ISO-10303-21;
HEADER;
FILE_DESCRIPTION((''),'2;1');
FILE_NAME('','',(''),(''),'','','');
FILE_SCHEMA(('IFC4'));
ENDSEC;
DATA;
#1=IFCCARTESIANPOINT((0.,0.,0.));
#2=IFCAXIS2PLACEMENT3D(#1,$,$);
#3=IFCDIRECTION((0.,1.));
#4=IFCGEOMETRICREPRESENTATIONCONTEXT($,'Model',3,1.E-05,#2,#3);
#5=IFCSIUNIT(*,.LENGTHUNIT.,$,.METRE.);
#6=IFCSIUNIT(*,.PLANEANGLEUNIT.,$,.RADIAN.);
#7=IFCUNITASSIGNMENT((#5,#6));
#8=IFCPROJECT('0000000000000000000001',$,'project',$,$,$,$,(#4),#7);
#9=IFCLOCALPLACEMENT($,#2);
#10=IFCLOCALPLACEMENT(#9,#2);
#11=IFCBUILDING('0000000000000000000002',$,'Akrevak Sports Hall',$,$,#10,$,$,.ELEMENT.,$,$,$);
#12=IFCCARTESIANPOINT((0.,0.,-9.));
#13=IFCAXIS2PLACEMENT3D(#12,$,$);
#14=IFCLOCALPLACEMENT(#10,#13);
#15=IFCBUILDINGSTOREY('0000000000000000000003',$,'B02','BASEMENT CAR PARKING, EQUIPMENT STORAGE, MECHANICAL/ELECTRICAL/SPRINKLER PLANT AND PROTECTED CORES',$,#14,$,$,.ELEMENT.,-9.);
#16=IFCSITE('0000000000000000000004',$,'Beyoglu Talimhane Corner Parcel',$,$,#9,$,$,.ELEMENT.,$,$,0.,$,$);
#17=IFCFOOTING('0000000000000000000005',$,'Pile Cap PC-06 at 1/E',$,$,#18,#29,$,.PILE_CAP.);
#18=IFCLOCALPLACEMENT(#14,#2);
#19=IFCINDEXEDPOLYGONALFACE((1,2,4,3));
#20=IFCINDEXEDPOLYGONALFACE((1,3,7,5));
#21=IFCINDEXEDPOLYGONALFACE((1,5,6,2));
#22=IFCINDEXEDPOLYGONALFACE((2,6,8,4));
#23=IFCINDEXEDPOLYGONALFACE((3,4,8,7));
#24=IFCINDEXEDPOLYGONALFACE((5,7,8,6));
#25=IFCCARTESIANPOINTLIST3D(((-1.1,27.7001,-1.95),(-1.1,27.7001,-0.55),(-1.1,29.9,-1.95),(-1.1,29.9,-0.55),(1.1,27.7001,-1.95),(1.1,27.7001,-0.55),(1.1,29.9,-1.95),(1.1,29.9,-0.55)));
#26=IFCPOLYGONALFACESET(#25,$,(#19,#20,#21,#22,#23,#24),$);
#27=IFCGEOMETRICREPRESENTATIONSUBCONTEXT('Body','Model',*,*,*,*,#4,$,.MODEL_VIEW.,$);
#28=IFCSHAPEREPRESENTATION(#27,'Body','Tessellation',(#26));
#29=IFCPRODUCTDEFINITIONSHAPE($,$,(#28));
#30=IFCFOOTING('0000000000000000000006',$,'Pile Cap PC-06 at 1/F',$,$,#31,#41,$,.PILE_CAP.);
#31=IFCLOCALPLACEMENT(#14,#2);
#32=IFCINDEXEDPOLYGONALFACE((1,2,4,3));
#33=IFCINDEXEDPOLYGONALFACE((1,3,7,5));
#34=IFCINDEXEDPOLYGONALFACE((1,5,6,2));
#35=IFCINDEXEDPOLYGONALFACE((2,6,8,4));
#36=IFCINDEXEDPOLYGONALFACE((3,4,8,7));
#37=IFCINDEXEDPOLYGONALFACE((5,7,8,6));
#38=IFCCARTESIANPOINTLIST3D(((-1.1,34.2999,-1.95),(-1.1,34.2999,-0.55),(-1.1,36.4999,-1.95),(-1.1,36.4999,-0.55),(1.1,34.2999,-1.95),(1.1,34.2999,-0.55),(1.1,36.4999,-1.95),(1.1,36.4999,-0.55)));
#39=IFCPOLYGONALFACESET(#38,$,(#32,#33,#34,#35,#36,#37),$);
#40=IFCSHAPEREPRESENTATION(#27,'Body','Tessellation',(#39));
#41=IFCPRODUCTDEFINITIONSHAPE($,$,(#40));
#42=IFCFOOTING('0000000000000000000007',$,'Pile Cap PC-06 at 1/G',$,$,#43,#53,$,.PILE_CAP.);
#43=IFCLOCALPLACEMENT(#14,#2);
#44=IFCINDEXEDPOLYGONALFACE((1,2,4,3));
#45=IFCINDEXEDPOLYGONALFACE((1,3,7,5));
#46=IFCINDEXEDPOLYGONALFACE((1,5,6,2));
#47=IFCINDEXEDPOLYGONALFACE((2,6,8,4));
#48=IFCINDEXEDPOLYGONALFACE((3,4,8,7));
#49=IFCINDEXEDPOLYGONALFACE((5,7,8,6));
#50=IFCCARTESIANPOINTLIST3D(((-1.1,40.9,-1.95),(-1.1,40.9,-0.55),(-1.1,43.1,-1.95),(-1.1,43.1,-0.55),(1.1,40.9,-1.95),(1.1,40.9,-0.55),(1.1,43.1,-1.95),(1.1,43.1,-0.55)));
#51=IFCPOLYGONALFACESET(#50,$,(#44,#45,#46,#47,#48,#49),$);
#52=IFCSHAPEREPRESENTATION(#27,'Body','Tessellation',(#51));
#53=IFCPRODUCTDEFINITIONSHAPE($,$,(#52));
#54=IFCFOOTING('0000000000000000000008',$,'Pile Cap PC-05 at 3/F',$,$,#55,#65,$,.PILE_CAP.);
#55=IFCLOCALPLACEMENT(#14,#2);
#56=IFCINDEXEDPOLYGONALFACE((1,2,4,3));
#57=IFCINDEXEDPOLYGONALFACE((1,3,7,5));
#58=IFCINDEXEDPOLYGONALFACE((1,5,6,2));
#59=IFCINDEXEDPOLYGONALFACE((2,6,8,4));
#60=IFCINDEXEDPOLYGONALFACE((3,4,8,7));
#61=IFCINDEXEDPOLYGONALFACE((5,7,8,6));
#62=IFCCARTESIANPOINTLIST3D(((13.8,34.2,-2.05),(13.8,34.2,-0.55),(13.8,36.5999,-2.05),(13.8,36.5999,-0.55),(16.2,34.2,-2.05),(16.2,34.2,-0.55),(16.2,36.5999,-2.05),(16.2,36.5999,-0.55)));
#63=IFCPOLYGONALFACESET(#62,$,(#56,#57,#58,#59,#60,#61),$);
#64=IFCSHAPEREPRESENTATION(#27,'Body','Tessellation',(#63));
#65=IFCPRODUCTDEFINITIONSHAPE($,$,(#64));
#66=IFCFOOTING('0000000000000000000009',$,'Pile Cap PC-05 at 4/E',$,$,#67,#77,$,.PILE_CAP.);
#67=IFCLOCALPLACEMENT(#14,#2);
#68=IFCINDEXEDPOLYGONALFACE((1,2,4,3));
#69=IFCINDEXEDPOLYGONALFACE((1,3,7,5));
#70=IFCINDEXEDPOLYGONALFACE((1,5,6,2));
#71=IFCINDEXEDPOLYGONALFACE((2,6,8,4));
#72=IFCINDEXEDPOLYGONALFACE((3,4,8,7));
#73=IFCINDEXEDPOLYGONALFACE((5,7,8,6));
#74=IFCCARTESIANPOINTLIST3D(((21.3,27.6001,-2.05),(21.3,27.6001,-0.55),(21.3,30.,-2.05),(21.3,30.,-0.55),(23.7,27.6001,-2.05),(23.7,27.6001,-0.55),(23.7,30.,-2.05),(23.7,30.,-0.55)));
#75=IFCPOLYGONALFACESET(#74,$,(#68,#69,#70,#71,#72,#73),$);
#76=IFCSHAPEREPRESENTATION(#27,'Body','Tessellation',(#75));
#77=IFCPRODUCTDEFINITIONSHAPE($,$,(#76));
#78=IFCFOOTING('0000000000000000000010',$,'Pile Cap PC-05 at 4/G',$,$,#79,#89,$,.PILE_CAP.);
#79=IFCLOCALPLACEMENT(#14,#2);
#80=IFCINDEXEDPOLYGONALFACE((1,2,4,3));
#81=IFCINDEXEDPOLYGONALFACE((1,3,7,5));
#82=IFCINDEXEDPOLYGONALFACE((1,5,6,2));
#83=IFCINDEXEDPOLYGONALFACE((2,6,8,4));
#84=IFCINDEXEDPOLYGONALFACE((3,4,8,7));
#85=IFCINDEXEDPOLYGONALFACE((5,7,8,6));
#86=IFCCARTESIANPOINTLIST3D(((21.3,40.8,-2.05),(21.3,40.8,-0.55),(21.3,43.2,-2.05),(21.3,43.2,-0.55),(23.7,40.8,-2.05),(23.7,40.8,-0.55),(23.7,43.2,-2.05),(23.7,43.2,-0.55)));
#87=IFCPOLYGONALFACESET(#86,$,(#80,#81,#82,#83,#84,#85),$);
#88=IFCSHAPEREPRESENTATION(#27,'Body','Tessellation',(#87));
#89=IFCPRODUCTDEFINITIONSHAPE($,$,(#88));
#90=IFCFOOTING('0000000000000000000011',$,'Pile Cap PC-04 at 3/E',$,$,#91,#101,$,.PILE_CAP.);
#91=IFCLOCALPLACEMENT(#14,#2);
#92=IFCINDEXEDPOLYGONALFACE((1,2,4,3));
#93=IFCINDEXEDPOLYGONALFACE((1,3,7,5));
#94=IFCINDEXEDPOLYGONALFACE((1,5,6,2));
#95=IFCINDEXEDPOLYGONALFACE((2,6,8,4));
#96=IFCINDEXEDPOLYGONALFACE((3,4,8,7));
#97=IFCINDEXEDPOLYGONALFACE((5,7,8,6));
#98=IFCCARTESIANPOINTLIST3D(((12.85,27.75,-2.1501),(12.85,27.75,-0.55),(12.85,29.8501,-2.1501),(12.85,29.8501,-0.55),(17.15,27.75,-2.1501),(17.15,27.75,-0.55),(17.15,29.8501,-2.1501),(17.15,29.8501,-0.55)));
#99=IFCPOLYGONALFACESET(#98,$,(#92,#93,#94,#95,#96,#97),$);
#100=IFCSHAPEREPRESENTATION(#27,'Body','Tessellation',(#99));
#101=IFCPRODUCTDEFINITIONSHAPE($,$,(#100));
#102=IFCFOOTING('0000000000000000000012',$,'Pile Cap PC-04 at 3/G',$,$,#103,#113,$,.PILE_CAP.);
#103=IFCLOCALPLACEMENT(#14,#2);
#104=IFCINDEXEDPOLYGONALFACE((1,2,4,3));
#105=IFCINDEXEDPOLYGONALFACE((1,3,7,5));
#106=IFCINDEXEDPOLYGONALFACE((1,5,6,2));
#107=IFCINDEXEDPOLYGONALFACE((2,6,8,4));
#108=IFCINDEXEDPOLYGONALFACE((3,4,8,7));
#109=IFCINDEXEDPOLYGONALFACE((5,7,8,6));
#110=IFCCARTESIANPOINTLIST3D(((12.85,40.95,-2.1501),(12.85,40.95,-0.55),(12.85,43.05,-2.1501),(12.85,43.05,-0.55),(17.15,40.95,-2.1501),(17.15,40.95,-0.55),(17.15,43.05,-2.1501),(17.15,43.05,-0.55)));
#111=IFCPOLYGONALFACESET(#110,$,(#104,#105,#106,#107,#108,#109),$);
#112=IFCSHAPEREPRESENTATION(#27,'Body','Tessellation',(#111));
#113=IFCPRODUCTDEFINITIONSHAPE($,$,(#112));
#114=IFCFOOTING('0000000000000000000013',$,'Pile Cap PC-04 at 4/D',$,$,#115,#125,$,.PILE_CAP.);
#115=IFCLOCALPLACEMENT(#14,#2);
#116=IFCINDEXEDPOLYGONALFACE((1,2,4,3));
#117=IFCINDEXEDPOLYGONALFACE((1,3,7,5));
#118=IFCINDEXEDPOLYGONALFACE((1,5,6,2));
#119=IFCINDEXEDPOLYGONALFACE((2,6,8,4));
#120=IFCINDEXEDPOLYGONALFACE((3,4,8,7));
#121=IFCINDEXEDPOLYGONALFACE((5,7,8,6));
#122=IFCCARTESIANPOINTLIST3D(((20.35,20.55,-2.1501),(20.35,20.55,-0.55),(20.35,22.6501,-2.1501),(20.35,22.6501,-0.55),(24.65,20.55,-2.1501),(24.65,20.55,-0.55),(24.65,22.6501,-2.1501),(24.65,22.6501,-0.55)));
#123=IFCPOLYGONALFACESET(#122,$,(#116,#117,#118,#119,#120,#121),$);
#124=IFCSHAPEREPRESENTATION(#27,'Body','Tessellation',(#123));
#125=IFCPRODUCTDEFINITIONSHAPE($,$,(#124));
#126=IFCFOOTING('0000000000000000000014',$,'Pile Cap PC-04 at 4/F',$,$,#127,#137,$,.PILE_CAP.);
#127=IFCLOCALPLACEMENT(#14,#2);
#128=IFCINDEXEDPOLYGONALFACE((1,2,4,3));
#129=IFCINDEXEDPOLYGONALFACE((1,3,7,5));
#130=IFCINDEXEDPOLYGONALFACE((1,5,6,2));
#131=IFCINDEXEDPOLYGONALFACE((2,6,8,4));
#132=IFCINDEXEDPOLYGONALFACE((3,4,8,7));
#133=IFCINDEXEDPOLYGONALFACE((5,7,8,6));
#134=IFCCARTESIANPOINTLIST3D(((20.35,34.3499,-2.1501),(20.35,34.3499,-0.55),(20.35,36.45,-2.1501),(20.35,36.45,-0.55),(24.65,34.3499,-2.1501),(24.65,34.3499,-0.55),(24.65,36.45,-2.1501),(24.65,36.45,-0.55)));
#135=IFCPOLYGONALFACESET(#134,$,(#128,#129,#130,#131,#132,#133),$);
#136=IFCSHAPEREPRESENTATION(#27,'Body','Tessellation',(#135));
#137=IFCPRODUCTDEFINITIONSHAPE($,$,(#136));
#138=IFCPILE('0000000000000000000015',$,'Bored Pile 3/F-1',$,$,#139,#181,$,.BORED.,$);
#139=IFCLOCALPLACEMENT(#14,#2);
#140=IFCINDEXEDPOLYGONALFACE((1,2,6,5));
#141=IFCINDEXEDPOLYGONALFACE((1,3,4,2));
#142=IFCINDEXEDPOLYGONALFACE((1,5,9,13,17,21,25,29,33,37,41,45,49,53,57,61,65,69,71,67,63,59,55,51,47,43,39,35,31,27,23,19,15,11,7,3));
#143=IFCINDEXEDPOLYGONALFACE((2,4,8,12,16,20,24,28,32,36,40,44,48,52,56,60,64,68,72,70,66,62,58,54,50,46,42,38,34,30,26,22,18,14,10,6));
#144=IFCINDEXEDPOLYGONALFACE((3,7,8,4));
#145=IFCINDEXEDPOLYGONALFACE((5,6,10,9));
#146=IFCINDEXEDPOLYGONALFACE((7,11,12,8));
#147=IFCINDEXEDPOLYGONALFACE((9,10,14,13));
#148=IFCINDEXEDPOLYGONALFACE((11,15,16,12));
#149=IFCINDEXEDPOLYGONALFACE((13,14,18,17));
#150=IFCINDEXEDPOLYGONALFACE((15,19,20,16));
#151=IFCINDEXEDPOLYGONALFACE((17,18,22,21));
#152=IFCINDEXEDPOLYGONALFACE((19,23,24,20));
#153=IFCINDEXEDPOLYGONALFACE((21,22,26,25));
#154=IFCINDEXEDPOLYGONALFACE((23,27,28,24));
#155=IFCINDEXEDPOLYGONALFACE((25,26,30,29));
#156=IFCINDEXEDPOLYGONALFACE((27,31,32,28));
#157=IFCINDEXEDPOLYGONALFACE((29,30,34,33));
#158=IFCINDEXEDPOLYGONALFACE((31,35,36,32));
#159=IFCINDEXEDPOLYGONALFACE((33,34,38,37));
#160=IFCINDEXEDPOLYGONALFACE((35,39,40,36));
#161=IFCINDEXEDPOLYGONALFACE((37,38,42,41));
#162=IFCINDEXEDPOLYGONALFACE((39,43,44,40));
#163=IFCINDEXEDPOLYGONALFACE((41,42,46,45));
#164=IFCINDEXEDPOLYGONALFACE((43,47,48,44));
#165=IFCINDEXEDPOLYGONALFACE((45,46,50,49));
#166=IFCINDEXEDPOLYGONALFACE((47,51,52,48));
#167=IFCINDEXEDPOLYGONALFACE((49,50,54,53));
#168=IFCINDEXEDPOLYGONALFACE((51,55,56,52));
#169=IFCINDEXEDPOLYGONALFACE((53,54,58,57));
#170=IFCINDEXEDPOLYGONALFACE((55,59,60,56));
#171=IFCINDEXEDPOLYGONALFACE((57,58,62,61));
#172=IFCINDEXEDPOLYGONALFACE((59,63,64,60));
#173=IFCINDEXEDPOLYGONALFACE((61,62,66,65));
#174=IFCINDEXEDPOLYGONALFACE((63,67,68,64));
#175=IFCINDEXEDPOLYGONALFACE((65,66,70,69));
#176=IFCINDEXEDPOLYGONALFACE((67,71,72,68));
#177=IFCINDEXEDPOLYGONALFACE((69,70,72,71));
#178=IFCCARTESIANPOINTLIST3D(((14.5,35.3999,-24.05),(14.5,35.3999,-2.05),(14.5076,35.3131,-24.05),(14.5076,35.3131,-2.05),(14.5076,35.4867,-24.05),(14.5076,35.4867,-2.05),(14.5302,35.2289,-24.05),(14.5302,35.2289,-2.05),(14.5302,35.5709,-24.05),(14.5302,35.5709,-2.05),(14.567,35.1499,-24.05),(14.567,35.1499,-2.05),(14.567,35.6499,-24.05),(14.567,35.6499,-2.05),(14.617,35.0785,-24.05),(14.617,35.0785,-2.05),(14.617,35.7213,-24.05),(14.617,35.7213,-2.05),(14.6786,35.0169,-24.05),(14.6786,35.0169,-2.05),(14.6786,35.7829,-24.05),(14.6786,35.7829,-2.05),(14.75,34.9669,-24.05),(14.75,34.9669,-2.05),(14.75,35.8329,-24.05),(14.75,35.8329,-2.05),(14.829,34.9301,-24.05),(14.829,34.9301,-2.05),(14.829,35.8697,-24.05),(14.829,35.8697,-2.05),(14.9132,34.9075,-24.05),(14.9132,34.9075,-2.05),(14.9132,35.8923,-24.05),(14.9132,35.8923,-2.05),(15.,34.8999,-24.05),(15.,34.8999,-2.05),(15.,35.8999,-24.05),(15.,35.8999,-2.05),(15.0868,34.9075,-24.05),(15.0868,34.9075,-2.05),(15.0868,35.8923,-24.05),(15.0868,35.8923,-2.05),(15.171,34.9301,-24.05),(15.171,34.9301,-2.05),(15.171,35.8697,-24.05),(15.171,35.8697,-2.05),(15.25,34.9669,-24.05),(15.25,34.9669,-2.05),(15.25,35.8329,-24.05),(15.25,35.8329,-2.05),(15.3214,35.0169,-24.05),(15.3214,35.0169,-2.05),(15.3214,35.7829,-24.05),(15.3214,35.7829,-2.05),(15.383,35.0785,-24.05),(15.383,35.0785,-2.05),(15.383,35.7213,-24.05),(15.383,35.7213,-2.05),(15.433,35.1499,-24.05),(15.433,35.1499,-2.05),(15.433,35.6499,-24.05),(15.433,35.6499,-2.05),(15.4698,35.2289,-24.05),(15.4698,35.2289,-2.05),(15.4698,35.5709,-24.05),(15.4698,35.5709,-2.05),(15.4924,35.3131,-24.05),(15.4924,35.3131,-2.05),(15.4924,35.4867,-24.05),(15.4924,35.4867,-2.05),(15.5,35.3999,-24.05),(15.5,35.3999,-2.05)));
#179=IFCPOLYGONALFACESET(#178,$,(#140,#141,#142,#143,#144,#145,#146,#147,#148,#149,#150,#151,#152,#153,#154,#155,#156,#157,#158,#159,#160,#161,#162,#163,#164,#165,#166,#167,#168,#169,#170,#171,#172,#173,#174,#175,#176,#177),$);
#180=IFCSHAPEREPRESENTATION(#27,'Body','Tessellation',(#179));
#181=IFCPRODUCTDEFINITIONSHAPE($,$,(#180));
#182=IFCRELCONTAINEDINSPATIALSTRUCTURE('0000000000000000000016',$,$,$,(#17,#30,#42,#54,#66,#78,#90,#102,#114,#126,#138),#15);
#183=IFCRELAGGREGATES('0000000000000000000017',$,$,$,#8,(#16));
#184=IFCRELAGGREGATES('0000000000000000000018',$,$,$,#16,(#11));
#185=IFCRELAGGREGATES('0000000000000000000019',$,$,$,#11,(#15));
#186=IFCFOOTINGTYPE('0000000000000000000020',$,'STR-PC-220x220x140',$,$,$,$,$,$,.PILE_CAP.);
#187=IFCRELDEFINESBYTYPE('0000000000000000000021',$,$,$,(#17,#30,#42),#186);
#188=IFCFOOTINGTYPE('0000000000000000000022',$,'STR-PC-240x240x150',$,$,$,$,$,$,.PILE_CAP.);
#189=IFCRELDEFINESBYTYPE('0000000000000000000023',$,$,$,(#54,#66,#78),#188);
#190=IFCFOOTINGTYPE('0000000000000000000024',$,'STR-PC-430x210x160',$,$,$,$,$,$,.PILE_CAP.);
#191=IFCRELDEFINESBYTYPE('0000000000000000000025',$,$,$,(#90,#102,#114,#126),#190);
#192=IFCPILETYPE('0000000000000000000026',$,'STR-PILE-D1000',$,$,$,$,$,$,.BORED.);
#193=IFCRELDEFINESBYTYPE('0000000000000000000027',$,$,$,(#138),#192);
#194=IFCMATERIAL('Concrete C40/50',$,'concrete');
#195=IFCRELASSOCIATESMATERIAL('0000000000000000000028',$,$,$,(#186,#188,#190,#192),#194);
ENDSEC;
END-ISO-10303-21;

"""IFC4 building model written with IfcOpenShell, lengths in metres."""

from ifc_helpers import new_model, si_unit, direction, frame, origin, origin_2d, place, context, subcontext, project, spatial, rectangle, circle, extrude, material, material_profile, profile_set, type_object, element, save


model = new_model("IFC4")

# Units and contexts
model_context = context("Model", 3, precision=1e-05, world=origin(), true_north=direction((0.0, 1.0)))
body_context = subcontext(model_context, "Body", "Model", "MODEL_VIEW")
ifc_project = project(units=[si_unit("LENGTHUNIT", "METRE"), si_unit("PLANEANGLEUNIT", "RADIAN")], contexts=[model_context])

# Site, building, storey
site_placement = place(None, origin())
site = spatial("IfcSite", under=ifc_project, at=site_placement, Name="Beyoglu Talimhane Corner Parcel", CompositionType="ELEMENT", RefElevation=0.0)
building_placement = place(site_placement, origin())
building = spatial("IfcBuilding", under=site, at=building_placement, Name="Akrevak Sports Hall", CompositionType="ELEMENT")
storey_placement = place(building_placement, frame((0.0, 0.0, -9.0)))
storey = spatial("IfcBuildingStorey", under=building, at=storey_placement, Name="B02", Description="BASEMENT CAR PARKING, EQUIPMENT STORAGE, MECHANICAL/ELECTRICAL/SPRINKLER PLANT AND PROTECTED CORES", CompositionType="ELEMENT", Elevation=-9.0)

# Footings
ifc_material_1 = material(Name="Concrete C40/50", Category="concrete")
footing_type_1 = type_object("IfcFootingType", Name="STR-PC-220x220x140", PredefinedType="PILE_CAP", material=ifc_material_1)
for number, where, z_axis, x_axis, name in (
    (1, (0.0, 28.8, -1.95), (0.0, 0.0, 1.0), (1.0, 0.0, 0.0), "Pile Cap PC-06 at 1/E"),
    (2, (0.0, 35.3999, -1.95), (0.0, 0.0, 1.0), (1.0, 0.0, 0.0), "Pile Cap PC-06 at 1/F"),
    (3, (0.0, 42.0, -1.95), (0.0, 0.0, 1.0), (1.0, 0.0, 0.0), "Pile Cap PC-06 at 1/G"),
):
    element("IfcFooting", number, at=place(storey_placement, frame(where, z_axis=z_axis, x_axis=x_axis)), inside=storey, type_object=footing_type_1, Name=name, PredefinedType="PILE_CAP", context=body_context, shape_type="SweptSolid", body=[
        extrude(rectangle(XDim=2.2, YDim=2.2, at=origin_2d()), origin(), (0.0, 0.0, 1.0), 1.3999),
    ])
footing_type_2 = type_object("IfcFootingType", Name="STR-PC-240x240x150", PredefinedType="PILE_CAP", material=ifc_material_1)
for number, where, z_axis, x_axis, name in (
    (4, (15.0, 35.3999, -2.05), (0.0, 0.0, 1.0), (1.0, 0.0, 0.0), "Pile Cap PC-05 at 3/F"),
    (5, (22.5, 28.8, -2.05), (0.0, 0.0, 1.0), (1.0, 0.0, 0.0), "Pile Cap PC-05 at 4/E"),
    (6, (22.5, 42.0, -2.05), (0.0, 0.0, 1.0), (1.0, 0.0, 0.0), "Pile Cap PC-05 at 4/G"),
):
    element("IfcFooting", number, at=place(storey_placement, frame(where, z_axis=z_axis, x_axis=x_axis)), inside=storey, type_object=footing_type_2, Name=name, PredefinedType="PILE_CAP", context=body_context, shape_type="SweptSolid", body=[
        extrude(rectangle(XDim=2.3999, YDim=2.3999, at=origin_2d()), origin(), (0.0, 0.0, 1.0), 1.5),
    ])
footing_type_3 = type_object("IfcFootingType", Name="STR-PC-430x210x160", PredefinedType="PILE_CAP", material=ifc_material_1)
for number, where, z_axis, x_axis, name in (
    (7, (15.0, 28.8, -2.1501), (0.0, 0.0, 1.0), (1.0, 0.0, 0.0), "Pile Cap PC-04 at 3/E"),
    (8, (15.0, 42.0, -2.1501), (0.0, 0.0, 1.0), (1.0, 0.0, 0.0), "Pile Cap PC-04 at 3/G"),
    (9, (22.5, 21.6001, -2.1501), (0.0, 0.0, 1.0), (1.0, 0.0, 0.0), "Pile Cap PC-04 at 4/D"),
    (10, (22.5, 35.3999, -2.1501), (0.0, 0.0, 1.0), (1.0, 0.0, 0.0), "Pile Cap PC-04 at 4/F"),
):
    element("IfcFooting", number, at=place(storey_placement, frame(where, z_axis=z_axis, x_axis=x_axis)), inside=storey, type_object=footing_type_3, Name=name, PredefinedType="PILE_CAP", context=body_context, shape_type="SweptSolid", body=[
        extrude(rectangle(XDim=4.3, YDim=2.1001, at=origin_2d()), origin(), (0.0, 0.0, 1.0), 1.6001),
    ])

# Pile
ifc_material_profile_1 = material_profile(ifc_material_1, circle(Radius=0.5, at=origin_2d()), Name="BORED PILE D1000", Category="concrete")
ifc_profile_set_1 = profile_set([ifc_material_profile_1], Name="Concrete C40/50")
pile_type_1 = type_object("IfcPileType", Name="STR-PILE-D1000", PredefinedType="BORED", material=ifc_profile_set_1)
for number, where, z_axis, x_axis, name in (
    (11, (15.0, 35.3999, -2.05), (0.0, 0.0, -1.0), (1.0, 0.0, 0.0), "Bored Pile 3/F-1"),
):
    element("IfcPile", number, at=place(storey_placement, frame(where, z_axis=z_axis, x_axis=x_axis)), inside=storey, type_object=pile_type_1, Name=name, PredefinedType="BORED", context=body_context, shape_type="SweptSolid", body=[
        extrude(circle(Radius=0.5, at=origin_2d()), origin(), (0.0, 0.0, 1.0), 22.0),
    ])

save(model, "model.ifc")
